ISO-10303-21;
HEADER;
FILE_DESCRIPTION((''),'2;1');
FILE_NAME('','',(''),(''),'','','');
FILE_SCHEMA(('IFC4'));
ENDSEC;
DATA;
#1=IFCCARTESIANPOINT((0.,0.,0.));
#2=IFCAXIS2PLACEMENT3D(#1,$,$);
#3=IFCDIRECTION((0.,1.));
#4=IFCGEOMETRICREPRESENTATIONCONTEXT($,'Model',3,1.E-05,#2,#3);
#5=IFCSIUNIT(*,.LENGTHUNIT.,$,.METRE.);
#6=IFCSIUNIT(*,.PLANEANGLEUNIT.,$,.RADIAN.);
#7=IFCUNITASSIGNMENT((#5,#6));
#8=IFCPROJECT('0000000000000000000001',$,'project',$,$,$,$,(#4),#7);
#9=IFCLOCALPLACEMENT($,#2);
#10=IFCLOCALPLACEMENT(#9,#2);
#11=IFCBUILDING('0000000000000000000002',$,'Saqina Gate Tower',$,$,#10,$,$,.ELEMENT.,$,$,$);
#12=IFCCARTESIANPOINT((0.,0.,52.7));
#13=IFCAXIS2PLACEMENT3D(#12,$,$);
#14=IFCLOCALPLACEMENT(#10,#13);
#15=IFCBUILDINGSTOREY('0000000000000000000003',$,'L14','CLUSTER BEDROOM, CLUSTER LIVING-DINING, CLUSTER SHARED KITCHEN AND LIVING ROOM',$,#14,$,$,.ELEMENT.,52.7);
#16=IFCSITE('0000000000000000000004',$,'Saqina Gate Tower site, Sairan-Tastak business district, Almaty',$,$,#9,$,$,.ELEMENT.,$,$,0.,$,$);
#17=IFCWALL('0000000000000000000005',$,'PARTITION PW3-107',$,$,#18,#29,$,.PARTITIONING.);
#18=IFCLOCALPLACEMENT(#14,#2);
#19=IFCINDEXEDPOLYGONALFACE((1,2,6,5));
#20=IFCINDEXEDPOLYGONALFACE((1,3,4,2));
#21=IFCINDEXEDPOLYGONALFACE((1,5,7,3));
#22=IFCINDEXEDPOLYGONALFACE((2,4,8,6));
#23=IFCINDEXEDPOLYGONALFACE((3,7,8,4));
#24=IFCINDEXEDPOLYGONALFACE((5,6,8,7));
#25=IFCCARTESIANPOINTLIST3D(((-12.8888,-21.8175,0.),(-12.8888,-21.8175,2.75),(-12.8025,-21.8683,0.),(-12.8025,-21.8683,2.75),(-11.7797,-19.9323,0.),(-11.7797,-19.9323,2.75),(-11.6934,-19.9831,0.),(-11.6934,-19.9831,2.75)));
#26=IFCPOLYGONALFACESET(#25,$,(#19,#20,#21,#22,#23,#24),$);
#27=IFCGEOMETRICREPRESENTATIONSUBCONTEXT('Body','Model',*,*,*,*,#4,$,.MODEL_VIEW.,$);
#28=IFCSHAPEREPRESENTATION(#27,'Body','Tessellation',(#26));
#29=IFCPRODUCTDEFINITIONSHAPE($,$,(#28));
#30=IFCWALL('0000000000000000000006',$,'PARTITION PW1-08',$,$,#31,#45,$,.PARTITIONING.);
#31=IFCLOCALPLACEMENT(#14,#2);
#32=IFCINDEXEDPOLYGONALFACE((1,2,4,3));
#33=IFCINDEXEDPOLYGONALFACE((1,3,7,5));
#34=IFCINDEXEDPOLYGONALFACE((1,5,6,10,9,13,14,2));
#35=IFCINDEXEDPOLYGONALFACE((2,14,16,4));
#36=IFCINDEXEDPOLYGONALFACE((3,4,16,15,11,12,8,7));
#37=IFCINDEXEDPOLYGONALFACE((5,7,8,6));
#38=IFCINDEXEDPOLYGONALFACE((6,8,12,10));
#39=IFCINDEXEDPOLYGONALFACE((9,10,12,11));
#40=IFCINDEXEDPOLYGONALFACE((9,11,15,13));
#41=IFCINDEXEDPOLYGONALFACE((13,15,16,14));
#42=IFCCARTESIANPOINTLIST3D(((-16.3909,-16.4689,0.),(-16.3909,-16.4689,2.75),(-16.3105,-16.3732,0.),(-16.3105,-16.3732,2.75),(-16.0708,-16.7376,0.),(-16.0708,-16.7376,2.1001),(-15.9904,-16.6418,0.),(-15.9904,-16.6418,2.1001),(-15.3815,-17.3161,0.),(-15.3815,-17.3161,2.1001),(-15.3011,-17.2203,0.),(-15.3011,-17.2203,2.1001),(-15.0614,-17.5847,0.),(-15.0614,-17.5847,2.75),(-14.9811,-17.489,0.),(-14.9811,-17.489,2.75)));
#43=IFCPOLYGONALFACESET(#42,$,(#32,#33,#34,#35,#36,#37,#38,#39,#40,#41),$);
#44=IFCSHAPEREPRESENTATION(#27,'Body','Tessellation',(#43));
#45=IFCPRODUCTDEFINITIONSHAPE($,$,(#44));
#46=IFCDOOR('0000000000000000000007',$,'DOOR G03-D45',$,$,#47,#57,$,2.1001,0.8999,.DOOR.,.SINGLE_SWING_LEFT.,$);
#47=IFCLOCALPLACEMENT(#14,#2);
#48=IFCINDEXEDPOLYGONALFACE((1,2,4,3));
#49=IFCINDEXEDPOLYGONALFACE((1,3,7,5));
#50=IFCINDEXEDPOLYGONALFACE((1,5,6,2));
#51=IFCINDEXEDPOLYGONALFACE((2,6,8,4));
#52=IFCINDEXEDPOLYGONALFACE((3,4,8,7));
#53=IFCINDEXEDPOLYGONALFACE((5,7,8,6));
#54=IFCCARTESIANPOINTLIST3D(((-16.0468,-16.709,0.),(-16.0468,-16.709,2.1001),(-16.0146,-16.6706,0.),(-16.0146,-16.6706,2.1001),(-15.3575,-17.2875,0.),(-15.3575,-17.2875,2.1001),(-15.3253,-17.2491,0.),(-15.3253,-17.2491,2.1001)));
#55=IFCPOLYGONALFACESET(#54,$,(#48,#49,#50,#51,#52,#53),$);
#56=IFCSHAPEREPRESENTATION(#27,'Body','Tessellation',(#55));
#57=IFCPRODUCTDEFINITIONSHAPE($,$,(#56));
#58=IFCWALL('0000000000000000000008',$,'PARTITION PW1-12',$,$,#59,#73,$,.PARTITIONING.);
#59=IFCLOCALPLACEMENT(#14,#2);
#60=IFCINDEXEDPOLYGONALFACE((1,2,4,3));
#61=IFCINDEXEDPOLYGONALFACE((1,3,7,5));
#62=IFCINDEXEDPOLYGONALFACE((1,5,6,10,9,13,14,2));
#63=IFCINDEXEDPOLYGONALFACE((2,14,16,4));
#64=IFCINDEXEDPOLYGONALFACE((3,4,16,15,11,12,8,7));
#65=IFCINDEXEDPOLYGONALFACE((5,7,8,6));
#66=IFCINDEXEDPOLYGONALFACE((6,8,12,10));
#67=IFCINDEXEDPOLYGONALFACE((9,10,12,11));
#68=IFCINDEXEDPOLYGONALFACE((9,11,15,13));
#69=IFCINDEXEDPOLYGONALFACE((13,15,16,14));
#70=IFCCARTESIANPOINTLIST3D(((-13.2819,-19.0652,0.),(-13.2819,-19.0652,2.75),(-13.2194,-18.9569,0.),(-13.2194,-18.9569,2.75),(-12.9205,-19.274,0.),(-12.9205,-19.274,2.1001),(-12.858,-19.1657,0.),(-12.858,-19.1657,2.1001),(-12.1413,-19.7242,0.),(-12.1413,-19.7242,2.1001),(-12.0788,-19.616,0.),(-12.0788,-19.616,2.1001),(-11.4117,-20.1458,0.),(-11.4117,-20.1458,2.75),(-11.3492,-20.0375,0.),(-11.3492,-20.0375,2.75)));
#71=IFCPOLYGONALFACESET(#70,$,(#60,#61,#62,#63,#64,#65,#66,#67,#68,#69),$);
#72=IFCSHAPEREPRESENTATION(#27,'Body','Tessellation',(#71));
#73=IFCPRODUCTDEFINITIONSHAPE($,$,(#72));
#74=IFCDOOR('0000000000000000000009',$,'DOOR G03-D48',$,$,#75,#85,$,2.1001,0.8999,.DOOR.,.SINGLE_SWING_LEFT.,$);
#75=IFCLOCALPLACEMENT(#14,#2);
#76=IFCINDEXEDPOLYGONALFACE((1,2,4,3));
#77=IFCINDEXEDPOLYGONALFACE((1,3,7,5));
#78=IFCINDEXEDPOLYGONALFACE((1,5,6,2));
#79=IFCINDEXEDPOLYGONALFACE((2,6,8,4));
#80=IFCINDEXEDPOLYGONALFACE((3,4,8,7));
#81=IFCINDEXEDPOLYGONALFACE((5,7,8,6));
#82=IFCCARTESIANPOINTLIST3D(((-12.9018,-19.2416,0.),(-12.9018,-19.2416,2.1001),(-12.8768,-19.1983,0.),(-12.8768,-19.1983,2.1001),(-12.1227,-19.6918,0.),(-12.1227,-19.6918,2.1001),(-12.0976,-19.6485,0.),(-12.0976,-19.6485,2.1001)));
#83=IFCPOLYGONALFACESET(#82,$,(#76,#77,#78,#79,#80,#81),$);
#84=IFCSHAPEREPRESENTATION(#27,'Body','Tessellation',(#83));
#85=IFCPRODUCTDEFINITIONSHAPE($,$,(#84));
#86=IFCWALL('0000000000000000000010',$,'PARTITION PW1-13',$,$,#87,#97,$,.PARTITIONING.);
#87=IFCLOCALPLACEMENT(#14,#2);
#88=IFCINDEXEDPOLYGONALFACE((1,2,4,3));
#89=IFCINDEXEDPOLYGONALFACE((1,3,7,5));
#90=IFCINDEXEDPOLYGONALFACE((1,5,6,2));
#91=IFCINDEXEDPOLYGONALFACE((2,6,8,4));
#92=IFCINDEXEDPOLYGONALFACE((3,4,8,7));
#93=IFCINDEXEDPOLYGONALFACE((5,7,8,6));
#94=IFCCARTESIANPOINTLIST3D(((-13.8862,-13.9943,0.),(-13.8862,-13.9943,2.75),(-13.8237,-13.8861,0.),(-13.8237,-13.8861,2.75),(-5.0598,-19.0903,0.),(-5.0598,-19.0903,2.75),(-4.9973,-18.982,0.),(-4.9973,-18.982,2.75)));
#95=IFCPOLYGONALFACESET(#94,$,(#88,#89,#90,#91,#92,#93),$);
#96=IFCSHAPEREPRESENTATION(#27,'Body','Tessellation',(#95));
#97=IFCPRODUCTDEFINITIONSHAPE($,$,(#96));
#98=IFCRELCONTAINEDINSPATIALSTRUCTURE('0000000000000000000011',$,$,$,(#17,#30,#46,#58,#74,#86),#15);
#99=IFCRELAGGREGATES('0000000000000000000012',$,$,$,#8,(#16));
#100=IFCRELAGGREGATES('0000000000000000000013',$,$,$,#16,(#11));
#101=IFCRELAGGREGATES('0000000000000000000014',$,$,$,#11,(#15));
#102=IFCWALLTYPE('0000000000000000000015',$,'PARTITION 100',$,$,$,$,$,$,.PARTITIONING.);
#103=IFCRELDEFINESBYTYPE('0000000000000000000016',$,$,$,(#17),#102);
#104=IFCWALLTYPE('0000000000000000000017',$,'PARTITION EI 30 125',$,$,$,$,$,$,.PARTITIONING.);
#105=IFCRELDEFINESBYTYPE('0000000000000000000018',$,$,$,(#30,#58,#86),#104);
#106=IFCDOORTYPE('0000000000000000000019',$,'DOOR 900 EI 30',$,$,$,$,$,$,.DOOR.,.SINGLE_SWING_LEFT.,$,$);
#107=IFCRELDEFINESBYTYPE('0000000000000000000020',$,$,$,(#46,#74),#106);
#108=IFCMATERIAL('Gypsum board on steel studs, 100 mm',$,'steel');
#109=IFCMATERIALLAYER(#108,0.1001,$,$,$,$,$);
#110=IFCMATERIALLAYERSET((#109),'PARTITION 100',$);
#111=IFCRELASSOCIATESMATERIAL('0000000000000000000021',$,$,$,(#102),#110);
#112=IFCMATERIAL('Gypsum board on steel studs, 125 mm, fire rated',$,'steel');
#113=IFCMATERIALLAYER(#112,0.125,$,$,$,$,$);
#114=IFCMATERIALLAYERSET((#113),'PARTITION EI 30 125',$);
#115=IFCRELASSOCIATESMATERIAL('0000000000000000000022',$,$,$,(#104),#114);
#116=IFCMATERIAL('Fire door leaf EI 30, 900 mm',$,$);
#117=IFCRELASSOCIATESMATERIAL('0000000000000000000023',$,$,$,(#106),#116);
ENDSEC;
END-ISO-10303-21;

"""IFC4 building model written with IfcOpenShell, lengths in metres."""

from ifc_helpers import new_model, si_unit, direction, frame, frame_2d, origin, place, context, subcontext, project, spatial, rectangle, extrude, material, layer, layer_set, type_object, element, fill, save


model = new_model("IFC4")

# Units and contexts
model_context = context("Model", 3, precision=1e-05, world=origin(), true_north=direction((0.0, 1.0)))
body_context = subcontext(model_context, "Body", "Model", "MODEL_VIEW")
ifc_project = project(units=[si_unit("LENGTHUNIT", "METRE"), si_unit("PLANEANGLEUNIT", "RADIAN")], contexts=[model_context])

# Site, building, storey
site_placement = place(None, origin())
site = spatial("IfcSite", under=ifc_project, at=site_placement, Name="Saqina Gate Tower site, Sairan-Tastak business district, Almaty", CompositionType="ELEMENT", RefElevation=0.0)
building_placement = place(site_placement, origin())
building = spatial("IfcBuilding", under=site, at=building_placement, Name="Saqina Gate Tower", CompositionType="ELEMENT")
storey_placement = place(building_placement, frame((0.0, 0.0, 52.7)))
storey = spatial("IfcBuildingStorey", under=building, at=storey_placement, Name="L14", Description="CLUSTER BEDROOM, CLUSTER LIVING-DINING, CLUSTER SHARED KITCHEN AND LIVING ROOM", CompositionType="ELEMENT", Elevation=52.7)

# Shared definitions
ifc_material_1 = material(Name="Gypsum board on steel studs, 100 mm", Category="steel")
ifc_layer_1 = layer(ifc_material_1, 0.1001)
ifc_layer_set_1 = layer_set([ifc_layer_1], Name="PARTITION 100")
wall_type_1 = type_object("IfcWallType", Name="PARTITION 100", PredefinedType="PARTITIONING", material=ifc_layer_set_1)

# Wall
wall_1_placement = place(storey_placement, frame((-12.8457, -21.843, 0.0), z_axis=(0.0, 0.0, 1.0), x_axis=(0.507074, 0.861903, 0.0)))
element("IfcWall", 1, at=wall_1_placement, inside=storey, type_object=wall_type_1, Name="PARTITION PW3-107", PredefinedType="PARTITIONING", context=body_context, shape_type="SweptSolid", body=[
    extrude(rectangle(XDim=2.1873, YDim=0.1001, at=frame_2d((1.0938, 0.0))), origin(), (0.0, 0.0, 1.0), 2.75),
])

# Walls, openings, doors
ifc_material_2 = material(Name="Gypsum board on steel studs, 125 mm, fire rated", Category="steel")
ifc_layer_2 = layer(ifc_material_2, 0.125)
ifc_layer_set_2 = layer_set([ifc_layer_2], Name="PARTITION EI 30 125")
wall_type_2 = type_object("IfcWallType", Name="PARTITION EI 30 125", PredefinedType="PARTITIONING", material=ifc_layer_set_2)
wall_2_placement = place(storey_placement, frame((-16.3506, -16.4211, 0.0), z_axis=(0.0, 0.0, 1.0), x_axis=(0.765968, -0.642879, 0.0)))
wall_2 = element("IfcWall", 2, at=wall_2_placement, inside=storey, type_object=wall_type_2, Name="PARTITION PW1-08", PredefinedType="PARTITIONING", context=body_context, shape_type="SweptSolid", body=[
    extrude(rectangle(XDim=1.7356, YDim=0.125, at=frame_2d((0.8677, 0.0))), origin(), (0.0, 0.0, 1.0), 2.75),
])
opening_1_placement = place(wall_2_placement, frame((0.4177, 0.0, 0.0)))
opening_1 = element("IfcOpeningElement", 3, at=opening_1_placement, cuts=wall_2, PredefinedType="OPENING", context=body_context, shape_type="SweptSolid", body=[
    extrude(rectangle(XDim=0.8999, YDim=2.1001, at=frame_2d((0.45, 1.05))), frame((0.0, 0.0745, 0.0), z_axis=(0.0, -1.0, 0.0), x_axis=(1.0, 0.0, 0.0)), (0.0, 0.0, 1.0), 0.1489),
])
ifc_material_3 = material(Name="Fire door leaf EI 30, 900 mm")
door_type_1 = type_object("IfcDoorType", Name="DOOR 900 EI 30", OperationType="SINGLE_SWING_LEFT", PredefinedType="DOOR", material=ifc_material_3)
door_1_placement = place(opening_1_placement, origin())
door_1 = element("IfcDoor", 4, at=door_1_placement, inside=storey, type_object=door_type_1, Name="DOOR G03-D45", OperationType="SINGLE_SWING_LEFT", OverallHeight=2.1001, OverallWidth=0.8999, PredefinedType="DOOR", context=body_context, shape_type="SweptSolid", body=[
    extrude(rectangle(XDim=0.8999, YDim=2.1001, at=frame_2d((0.45, 1.05))), frame((0.0, 0.0249, 0.0), z_axis=(0.0, -1.0, 0.0), x_axis=(1.0, 0.0, 0.0)), (0.0, 0.0, 1.0), 0.05),
])
fill(opening_1, door_1)
wall_3_placement = place(storey_placement, frame((-13.2507, -19.011, 0.0), z_axis=(0.0, 0.0, 1.0), x_axis=(0.865854, -0.500296, 0.0)))
wall_3 = element("IfcWall", 5, at=wall_3_placement, inside=storey, type_object=wall_type_2, Name="PARTITION PW1-12", PredefinedType="PARTITIONING", context=body_context, shape_type="SweptSolid", body=[
    extrude(rectangle(XDim=2.1599, YDim=0.125, at=frame_2d((1.0801, 0.0))), origin(), (0.0, 0.0, 1.0), 2.75),
])
opening_2_placement = place(wall_3_placement, frame((0.4175, 0.0, 0.0)))
opening_2 = element("IfcOpeningElement", 6, at=opening_2_placement, cuts=wall_3, PredefinedType="OPENING", context=body_context, shape_type="SweptSolid", body=[
    extrude(rectangle(XDim=0.8999, YDim=2.1001, at=frame_2d((0.45, 1.05))), frame((0.0, 0.0745, 0.0), z_axis=(0.0, -1.0, 0.0), x_axis=(1.0, 0.0, 0.0)), (0.0, 0.0, 1.0), 0.1489),
])
door_2_placement = place(opening_2_placement, origin())
door_2 = element("IfcDoor", 7, at=door_2_placement, inside=storey, type_object=door_type_1, Name="DOOR G03-D48", OperationType="SINGLE_SWING_LEFT", OverallHeight=2.1001, OverallWidth=0.8999, PredefinedType="DOOR", context=body_context, shape_type="SweptSolid", body=[
    extrude(rectangle(XDim=0.8999, YDim=2.1001, at=frame_2d((0.45, 1.05))), frame((0.0, 0.0249, 0.0), z_axis=(0.0, -1.0, 0.0), x_axis=(1.0, 0.0, 0.0)), (0.0, 0.0, 1.0), 0.05),
])
fill(opening_2, door_2)

# Wall
wall_4_placement = place(storey_placement, frame((-13.855, -13.9402, 0.0), z_axis=(0.0, 0.0, 1.0), x_axis=(0.866025, -0.500001, 0.0)))
element("IfcWall", 8, at=wall_4_placement, inside=storey, type_object=wall_type_2, Name="PARTITION PW1-13", PredefinedType="PARTITIONING", context=body_context, shape_type="SweptSolid", body=[
    extrude(rectangle(XDim=10.1919, YDim=0.125, at=frame_2d((5.0959, 0.0))), origin(), (0.0, 0.0, 1.0), 2.75),
])

save(model, "model.ifc")
